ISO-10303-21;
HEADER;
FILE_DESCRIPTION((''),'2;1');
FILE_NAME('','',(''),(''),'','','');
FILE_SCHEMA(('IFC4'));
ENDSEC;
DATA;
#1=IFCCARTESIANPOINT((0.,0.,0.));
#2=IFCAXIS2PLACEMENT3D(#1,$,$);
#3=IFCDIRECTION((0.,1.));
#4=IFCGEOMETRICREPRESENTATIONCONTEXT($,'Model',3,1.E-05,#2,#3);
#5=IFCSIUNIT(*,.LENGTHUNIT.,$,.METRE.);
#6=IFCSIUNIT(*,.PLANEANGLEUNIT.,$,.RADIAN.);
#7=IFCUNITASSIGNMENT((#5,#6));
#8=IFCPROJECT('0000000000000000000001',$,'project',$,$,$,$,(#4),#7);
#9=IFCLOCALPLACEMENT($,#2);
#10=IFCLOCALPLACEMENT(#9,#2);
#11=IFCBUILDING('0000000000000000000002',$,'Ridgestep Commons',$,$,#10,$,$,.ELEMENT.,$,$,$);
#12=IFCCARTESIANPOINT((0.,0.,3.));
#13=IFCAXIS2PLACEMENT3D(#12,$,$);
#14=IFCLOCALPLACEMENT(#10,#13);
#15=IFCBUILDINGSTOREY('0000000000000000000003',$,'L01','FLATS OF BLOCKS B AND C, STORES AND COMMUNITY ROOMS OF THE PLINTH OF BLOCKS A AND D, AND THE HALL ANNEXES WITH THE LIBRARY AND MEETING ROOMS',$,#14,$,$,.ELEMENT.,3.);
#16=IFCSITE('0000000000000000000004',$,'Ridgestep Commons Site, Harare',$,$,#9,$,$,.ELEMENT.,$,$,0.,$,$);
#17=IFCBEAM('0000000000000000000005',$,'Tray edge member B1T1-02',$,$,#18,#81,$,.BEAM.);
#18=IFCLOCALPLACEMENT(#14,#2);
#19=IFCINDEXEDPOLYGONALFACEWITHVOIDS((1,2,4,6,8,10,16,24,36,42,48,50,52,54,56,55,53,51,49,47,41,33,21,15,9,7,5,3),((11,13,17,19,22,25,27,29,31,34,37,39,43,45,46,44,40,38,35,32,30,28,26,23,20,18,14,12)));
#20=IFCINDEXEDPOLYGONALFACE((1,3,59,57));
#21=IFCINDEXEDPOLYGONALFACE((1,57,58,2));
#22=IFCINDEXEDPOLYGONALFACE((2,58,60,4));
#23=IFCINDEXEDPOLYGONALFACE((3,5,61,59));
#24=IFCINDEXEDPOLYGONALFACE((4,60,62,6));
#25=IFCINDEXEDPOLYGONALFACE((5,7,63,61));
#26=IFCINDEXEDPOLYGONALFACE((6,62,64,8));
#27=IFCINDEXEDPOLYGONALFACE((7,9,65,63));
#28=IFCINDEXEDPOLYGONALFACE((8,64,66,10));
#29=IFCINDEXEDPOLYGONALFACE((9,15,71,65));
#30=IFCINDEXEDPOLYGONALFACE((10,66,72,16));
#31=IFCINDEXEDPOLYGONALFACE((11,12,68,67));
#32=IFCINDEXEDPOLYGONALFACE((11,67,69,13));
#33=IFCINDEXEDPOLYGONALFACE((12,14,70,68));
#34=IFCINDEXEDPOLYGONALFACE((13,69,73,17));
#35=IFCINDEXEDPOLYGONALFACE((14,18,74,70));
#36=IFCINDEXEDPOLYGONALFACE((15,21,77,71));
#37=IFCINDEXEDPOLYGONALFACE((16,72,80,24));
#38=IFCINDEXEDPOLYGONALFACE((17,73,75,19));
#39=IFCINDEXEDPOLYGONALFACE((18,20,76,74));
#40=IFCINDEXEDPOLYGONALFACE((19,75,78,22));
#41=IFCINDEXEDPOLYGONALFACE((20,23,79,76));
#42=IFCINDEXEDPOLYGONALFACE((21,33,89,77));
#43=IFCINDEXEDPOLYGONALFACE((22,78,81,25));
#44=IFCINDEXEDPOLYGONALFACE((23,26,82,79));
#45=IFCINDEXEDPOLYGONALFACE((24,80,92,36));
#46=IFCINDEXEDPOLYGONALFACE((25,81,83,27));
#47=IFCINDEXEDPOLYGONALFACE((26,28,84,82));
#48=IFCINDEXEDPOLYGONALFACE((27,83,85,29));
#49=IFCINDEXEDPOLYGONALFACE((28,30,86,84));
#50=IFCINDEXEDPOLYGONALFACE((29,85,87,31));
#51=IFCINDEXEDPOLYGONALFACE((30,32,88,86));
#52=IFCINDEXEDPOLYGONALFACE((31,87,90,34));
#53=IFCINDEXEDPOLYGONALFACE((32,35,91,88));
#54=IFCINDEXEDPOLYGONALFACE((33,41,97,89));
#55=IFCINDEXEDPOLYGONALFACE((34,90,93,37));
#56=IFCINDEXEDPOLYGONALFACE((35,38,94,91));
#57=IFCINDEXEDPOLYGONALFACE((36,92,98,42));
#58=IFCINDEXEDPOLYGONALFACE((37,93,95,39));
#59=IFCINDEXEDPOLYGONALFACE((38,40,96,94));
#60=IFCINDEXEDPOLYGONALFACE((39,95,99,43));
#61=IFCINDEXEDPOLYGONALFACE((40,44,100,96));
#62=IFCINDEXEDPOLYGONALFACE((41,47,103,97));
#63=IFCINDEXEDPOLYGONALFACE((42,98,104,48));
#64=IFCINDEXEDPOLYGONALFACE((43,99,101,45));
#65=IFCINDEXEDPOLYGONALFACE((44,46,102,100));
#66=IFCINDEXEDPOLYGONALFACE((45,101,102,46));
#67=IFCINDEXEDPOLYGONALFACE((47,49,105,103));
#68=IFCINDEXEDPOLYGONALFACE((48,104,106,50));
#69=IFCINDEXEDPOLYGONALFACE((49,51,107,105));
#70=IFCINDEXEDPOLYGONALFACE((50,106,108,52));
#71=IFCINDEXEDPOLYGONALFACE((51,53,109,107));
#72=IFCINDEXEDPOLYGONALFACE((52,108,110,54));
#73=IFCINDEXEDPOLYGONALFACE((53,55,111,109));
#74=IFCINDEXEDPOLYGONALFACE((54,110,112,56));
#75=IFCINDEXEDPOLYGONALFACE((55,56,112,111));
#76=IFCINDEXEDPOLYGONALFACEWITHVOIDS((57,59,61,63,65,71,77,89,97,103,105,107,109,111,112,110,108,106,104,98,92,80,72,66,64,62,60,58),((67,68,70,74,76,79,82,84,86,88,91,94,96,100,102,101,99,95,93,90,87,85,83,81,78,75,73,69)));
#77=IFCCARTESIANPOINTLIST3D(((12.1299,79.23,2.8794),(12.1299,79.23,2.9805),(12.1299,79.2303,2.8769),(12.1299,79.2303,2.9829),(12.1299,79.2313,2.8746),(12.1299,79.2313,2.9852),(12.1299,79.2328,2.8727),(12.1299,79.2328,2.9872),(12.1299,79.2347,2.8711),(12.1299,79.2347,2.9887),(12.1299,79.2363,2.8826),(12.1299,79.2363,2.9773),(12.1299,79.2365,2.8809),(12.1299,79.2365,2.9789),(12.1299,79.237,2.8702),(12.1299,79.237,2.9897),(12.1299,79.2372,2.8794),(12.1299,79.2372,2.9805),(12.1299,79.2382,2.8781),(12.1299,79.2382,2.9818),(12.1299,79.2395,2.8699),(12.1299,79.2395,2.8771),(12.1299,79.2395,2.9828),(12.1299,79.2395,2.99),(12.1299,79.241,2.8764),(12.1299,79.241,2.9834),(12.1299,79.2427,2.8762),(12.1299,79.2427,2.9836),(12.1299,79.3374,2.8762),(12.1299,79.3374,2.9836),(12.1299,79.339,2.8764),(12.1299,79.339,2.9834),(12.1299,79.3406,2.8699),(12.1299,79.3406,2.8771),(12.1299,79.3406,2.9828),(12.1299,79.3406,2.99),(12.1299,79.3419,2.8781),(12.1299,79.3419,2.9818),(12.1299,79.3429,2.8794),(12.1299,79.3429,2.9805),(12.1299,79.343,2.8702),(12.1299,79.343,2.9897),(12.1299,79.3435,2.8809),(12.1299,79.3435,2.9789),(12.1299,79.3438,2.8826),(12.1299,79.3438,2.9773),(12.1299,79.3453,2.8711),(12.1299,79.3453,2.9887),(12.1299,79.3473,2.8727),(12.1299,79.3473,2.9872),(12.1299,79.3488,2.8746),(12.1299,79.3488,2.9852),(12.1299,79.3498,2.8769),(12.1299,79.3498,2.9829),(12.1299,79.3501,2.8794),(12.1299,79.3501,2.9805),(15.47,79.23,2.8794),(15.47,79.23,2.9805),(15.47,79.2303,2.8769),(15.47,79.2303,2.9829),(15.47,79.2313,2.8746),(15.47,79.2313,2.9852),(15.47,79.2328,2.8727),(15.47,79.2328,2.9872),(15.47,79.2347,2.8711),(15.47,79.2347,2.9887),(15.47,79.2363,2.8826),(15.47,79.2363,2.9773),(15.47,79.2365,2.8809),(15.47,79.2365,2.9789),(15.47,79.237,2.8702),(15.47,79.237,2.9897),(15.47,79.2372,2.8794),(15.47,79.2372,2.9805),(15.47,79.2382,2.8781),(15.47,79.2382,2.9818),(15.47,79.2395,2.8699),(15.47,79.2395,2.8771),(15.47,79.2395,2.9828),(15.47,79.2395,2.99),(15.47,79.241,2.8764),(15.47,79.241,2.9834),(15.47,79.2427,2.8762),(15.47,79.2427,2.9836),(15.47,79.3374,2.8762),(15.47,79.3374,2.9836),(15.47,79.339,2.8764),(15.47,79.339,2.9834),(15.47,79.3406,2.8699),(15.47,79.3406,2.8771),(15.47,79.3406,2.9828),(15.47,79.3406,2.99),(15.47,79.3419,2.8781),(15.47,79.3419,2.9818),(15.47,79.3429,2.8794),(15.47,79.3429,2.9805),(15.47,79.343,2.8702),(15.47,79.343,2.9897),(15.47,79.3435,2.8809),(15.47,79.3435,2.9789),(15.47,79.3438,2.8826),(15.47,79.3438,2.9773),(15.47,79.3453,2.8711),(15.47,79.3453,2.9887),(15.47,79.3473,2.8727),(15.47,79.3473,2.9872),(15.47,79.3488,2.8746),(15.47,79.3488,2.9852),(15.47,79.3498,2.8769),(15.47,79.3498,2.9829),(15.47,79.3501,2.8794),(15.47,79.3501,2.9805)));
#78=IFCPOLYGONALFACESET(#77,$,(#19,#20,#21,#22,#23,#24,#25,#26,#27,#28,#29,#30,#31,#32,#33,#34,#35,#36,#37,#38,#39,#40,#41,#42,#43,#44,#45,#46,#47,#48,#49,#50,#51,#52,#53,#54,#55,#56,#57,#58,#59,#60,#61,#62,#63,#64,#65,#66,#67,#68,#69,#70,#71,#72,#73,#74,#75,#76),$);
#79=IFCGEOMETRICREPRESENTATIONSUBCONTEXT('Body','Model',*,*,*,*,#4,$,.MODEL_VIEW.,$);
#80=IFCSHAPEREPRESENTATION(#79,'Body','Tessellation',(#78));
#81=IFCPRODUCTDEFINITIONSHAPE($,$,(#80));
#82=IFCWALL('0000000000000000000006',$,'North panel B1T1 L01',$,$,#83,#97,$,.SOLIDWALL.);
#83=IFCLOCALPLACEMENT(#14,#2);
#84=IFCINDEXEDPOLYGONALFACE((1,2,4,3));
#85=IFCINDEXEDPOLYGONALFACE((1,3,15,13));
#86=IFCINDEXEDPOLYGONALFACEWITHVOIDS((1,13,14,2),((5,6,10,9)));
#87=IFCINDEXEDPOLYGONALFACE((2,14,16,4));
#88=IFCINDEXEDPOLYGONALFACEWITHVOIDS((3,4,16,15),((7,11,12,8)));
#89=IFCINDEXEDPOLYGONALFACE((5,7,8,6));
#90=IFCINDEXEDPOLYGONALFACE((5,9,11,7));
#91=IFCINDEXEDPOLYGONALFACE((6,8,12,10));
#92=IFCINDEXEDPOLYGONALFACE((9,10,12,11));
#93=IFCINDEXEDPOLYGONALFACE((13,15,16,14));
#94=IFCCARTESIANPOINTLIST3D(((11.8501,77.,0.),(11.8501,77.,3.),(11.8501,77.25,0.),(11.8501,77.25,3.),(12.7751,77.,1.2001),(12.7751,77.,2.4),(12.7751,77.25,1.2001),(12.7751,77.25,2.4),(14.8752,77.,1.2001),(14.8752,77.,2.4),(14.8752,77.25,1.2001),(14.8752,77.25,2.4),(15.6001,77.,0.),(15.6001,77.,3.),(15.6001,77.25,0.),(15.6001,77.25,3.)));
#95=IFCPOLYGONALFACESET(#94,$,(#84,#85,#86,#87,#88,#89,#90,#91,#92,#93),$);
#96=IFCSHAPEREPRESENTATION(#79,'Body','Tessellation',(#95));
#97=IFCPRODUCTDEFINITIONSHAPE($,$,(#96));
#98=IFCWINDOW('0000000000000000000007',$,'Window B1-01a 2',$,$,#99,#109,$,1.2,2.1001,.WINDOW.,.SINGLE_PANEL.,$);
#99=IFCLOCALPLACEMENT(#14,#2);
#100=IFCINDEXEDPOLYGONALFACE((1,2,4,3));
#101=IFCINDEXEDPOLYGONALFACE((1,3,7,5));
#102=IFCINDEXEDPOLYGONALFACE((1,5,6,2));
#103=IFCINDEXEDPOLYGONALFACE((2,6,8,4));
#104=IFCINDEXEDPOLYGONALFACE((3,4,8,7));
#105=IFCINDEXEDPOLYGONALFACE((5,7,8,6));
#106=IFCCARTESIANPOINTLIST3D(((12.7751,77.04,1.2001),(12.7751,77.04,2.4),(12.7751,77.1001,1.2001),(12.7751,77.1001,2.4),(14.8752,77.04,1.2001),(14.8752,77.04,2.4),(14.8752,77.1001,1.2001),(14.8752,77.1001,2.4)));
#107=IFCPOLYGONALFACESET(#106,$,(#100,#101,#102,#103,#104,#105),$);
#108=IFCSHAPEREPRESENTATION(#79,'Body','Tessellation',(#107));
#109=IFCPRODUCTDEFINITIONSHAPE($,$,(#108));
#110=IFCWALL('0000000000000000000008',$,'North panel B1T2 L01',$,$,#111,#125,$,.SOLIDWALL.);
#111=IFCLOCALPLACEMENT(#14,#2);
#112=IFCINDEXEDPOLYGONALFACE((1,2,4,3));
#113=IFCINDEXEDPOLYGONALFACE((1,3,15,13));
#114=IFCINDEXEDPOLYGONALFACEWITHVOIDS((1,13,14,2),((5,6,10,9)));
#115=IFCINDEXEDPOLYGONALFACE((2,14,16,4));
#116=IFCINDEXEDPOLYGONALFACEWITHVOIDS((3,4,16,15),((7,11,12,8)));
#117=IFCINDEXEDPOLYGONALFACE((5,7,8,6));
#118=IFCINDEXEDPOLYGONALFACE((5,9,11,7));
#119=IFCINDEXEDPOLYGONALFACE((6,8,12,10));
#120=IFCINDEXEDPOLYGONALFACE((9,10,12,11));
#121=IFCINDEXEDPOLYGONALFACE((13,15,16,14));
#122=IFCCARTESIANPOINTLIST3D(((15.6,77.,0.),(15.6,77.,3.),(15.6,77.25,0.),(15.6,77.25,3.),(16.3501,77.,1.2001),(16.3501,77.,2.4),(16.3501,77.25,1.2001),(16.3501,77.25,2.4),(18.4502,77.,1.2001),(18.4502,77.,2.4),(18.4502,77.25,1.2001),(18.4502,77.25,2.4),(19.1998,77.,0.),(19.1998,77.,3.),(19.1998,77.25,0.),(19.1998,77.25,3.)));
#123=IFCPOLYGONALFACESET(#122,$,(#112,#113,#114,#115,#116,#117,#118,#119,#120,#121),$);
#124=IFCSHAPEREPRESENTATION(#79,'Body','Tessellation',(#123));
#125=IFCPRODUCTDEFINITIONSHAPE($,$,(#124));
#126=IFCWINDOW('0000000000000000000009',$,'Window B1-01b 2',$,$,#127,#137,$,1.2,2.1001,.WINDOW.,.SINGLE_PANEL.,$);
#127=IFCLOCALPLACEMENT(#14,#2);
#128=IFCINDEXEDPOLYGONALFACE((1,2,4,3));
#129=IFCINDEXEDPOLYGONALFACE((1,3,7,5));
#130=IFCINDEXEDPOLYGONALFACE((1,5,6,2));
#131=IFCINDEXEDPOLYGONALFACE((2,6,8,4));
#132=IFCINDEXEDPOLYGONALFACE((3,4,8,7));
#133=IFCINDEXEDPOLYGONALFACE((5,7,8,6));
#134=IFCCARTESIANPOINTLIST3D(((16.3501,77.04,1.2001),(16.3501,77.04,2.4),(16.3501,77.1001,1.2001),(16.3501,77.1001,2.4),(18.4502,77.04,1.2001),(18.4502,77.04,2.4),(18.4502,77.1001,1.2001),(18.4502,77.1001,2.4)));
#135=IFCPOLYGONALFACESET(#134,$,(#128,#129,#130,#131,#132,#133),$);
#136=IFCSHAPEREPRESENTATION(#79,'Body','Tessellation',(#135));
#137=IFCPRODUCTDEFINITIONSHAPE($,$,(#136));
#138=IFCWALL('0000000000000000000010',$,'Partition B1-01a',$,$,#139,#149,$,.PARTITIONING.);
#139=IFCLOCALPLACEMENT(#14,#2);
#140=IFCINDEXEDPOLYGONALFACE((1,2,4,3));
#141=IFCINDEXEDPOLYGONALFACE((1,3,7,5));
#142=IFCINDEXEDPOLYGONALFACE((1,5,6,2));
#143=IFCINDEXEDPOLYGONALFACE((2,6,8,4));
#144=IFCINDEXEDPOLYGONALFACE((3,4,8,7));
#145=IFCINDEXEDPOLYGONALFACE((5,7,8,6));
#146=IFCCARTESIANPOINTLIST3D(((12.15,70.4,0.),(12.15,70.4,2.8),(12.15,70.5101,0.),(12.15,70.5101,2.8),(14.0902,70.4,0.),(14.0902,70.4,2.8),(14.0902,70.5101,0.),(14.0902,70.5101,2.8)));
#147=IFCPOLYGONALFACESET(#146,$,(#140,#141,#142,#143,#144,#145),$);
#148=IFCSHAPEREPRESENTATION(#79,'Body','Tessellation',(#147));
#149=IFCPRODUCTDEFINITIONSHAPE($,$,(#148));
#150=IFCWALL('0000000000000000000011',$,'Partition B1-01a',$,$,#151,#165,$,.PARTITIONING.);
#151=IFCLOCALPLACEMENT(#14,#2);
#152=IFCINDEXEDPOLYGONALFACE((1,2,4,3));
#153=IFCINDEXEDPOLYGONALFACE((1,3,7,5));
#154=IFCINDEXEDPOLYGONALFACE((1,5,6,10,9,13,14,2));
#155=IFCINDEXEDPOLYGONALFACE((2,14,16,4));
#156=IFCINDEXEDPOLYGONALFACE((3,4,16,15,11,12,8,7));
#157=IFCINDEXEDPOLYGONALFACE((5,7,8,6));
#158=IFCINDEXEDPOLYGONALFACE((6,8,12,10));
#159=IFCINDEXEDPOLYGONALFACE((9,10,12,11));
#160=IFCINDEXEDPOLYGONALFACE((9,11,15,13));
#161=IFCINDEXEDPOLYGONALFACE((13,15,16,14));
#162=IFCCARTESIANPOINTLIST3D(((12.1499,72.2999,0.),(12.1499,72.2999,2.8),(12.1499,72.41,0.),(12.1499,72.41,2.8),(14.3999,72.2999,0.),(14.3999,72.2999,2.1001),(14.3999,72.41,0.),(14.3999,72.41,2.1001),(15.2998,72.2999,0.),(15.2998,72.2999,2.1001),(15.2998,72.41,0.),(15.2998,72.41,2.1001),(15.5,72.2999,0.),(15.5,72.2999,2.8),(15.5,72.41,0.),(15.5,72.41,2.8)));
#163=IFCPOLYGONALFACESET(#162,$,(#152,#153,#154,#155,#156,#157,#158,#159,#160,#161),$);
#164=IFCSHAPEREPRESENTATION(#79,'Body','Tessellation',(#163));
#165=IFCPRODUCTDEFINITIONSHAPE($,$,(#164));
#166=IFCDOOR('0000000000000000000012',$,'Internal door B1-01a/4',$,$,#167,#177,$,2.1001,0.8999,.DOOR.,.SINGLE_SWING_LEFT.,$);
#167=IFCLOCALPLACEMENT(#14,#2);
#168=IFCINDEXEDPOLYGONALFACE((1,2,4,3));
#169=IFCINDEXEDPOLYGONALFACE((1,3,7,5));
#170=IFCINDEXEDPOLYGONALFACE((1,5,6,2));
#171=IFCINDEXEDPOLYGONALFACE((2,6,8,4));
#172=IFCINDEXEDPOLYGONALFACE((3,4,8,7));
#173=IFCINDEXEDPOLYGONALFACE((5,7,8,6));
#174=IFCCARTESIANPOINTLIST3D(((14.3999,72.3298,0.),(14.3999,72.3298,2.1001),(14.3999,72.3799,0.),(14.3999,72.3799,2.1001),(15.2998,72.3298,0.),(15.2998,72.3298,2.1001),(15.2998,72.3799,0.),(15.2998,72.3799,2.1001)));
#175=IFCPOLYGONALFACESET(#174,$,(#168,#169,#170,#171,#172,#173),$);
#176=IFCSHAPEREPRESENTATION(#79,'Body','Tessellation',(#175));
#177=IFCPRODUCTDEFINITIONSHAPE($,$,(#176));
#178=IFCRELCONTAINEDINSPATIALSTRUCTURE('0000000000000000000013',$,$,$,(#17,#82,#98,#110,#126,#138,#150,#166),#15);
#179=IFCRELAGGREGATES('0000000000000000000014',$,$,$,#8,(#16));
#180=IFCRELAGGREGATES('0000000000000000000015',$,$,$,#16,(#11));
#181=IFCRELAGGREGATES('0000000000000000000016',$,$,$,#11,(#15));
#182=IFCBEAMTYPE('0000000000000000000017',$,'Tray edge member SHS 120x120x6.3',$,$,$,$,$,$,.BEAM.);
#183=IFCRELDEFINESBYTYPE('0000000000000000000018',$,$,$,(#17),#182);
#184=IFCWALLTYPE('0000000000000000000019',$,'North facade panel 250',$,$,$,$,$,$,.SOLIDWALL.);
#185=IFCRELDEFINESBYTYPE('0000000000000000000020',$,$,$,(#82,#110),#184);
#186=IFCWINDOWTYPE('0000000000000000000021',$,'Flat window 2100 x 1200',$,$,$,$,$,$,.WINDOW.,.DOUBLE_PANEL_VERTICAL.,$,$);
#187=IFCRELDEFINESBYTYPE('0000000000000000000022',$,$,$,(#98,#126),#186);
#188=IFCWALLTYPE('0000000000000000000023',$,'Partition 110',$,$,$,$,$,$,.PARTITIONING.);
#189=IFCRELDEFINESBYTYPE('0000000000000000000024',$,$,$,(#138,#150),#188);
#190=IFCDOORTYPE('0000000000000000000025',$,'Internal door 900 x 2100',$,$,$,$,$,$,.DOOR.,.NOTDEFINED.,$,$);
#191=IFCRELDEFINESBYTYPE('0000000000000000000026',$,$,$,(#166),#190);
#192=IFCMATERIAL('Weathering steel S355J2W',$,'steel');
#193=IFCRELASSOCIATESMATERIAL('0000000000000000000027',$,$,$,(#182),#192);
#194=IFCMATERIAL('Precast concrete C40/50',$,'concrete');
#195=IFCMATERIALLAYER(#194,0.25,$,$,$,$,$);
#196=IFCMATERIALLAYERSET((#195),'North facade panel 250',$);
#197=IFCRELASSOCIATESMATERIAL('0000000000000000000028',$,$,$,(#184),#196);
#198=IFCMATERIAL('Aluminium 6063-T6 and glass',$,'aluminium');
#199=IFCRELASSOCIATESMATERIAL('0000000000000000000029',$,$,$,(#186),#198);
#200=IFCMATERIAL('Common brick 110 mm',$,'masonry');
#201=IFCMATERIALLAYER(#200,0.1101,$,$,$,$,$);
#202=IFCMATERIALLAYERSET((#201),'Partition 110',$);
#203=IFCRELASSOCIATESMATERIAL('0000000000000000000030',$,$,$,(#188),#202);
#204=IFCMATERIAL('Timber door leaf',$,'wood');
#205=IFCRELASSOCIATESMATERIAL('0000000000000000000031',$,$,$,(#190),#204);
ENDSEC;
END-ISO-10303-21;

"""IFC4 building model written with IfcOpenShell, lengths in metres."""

from ifc_helpers import new_model, si_unit, direction, frame, frame_2d, origin, origin_2d, place, context, subcontext, project, spatial, rectangle, hollow_rectangle, extrude, material, layer, layer_set, material_profile, profile_set, type_object, element, fill, save


model = new_model("IFC4")

# Units and contexts
model_context = context("Model", 3, precision=1e-05, world=origin(), true_north=direction((0.0, 1.0)))
body_context = subcontext(model_context, "Body", "Model", "MODEL_VIEW")
ifc_project = project(units=[si_unit("LENGTHUNIT", "METRE"), si_unit("PLANEANGLEUNIT", "RADIAN")], contexts=[model_context])

# Site, building, storey
site_placement = place(None, origin())
site = spatial("IfcSite", under=ifc_project, at=site_placement, Name="Ridgestep Commons Site, Harare", CompositionType="ELEMENT", RefElevation=0.0)
building_placement = place(site_placement, origin())
building = spatial("IfcBuilding", under=site, at=building_placement, Name="Ridgestep Commons", CompositionType="ELEMENT")
storey_placement = place(building_placement, frame((0.0, 0.0, 3.0)))
storey = spatial("IfcBuildingStorey", under=building, at=storey_placement, Name="L01", Description="FLATS OF BLOCKS B AND C, STORES AND COMMUNITY ROOMS OF THE PLINTH OF BLOCKS A AND D, AND THE HALL ANNEXES WITH THE LIBRARY AND MEETING ROOMS", CompositionType="ELEMENT", Elevation=3.0)

# Beam
ifc_material_1 = material(Name="Weathering steel S355J2W", Category="steel")
ifc_material_profile_1 = material_profile(ifc_material_1, hollow_rectangle(XDim=0.1201, YDim=0.1201, WallThickness=0.0063, InnerFilletRadius=0.0063, OuterFilletRadius=0.0095, at=origin_2d()), Name="SHS 120x120x6.3")
ifc_profile_set_1 = profile_set([ifc_material_profile_1], Name="Weathering steel S355J2W")
beam_type_1 = type_object("IfcBeamType", Name="Tray edge member SHS 120x120x6.3", PredefinedType="BEAM", material=ifc_profile_set_1)
beam_placement = place(storey_placement, frame((12.1299, 79.29, 2.9299), z_axis=(1.0, 0.0, 0.0), x_axis=(0.0, 0.0, 1.0)))
element("IfcBeam", 1, at=beam_placement, inside=storey, type_object=beam_type_1, Name="Tray edge member B1T1-02", PredefinedType="BEAM", context=body_context, shape_type="SweptSolid", body=[
    extrude(hollow_rectangle(XDim=0.1201, YDim=0.1201, WallThickness=0.0063, InnerFilletRadius=0.0063, OuterFilletRadius=0.0095, at=origin_2d()), origin(), (0.0, 0.0, 1.0), 3.3401),
])

# Walls, openings, windows
ifc_material_2 = material(Name="Precast concrete C40/50", Category="concrete")
ifc_layer_1 = layer(ifc_material_2, 0.25)
ifc_layer_set_1 = layer_set([ifc_layer_1], Name="North facade panel 250")
wall_type_1 = type_object("IfcWallType", Name="North facade panel 250", PredefinedType="SOLIDWALL", material=ifc_layer_set_1)
wall_1_placement = place(storey_placement, frame((11.8501, 77.125, 0.0), z_axis=(0.0, 0.0, 1.0), x_axis=(1.0, 0.0, 0.0)))
wall_1 = element("IfcWall", 2, at=wall_1_placement, inside=storey, type_object=wall_type_1, Name="North panel B1T1 L01", PredefinedType="SOLIDWALL", context=body_context, shape_type="SweptSolid", body=[
    extrude(rectangle(XDim=3.75, YDim=0.25, at=frame_2d((1.875, 0.0))), origin(), (0.0, 0.0, 1.0), 3.0),
])
opening_1_placement = place(wall_1_placement, frame((0.925, 0.0, 1.2)))
opening_1 = element("IfcOpeningElement", 3, at=opening_1_placement, cuts=wall_1, PredefinedType="OPENING", context=body_context, shape_type="SweptSolid", body=[
    extrude(rectangle(XDim=2.1001, YDim=1.2, at=frame_2d((1.05, 0.6001))), frame((0.0, 0.135, 0.0), z_axis=(0.0, -1.0, 0.0), x_axis=(1.0, 0.0, 0.0)), (0.0, 0.0, 1.0), 0.27),
])
ifc_material_3 = material(Name="Aluminium 6063-T6 and glass", Category="aluminium")
window_type = type_object("IfcWindowType", Name="Flat window 2100 x 1200", PartitioningType="DOUBLE_PANEL_VERTICAL", PredefinedType="WINDOW", material=ifc_material_3)
window_1_placement = place(opening_1_placement, origin())
window_1 = element("IfcWindow", 4, at=window_1_placement, inside=storey, type_object=window_type, Name="Window B1-01a 2", OverallHeight=1.2, OverallWidth=2.1001, PartitioningType="SINGLE_PANEL", PredefinedType="WINDOW", context=body_context, shape_type="SweptSolid", body=[
    extrude(rectangle(XDim=2.1001, YDim=1.2, at=frame_2d((1.05, 0.6001))), frame((0.0, -0.0249, 0.0), z_axis=(0.0, -1.0, 0.0), x_axis=(1.0, 0.0, 0.0)), (0.0, 0.0, 1.0), 0.0601),
])
fill(opening_1, window_1)
wall_2_placement = place(storey_placement, frame((15.6001, 77.125, 0.0), z_axis=(0.0, 0.0, 1.0), x_axis=(1.0, 0.0, 0.0)))
wall_2 = element("IfcWall", 5, at=wall_2_placement, inside=storey, type_object=wall_type_1, Name="North panel B1T2 L01", PredefinedType="SOLIDWALL", context=body_context, shape_type="SweptSolid", body=[
    extrude(rectangle(XDim=3.5999, YDim=0.25, at=frame_2d((1.7998, 0.0))), origin(), (0.0, 0.0, 1.0), 3.0),
])
opening_2_placement = place(wall_2_placement, frame((0.75, 0.0, 1.2)))
opening_2 = element("IfcOpeningElement", 6, at=opening_2_placement, cuts=wall_2, PredefinedType="OPENING", context=body_context, shape_type="SweptSolid", body=[
    extrude(rectangle(XDim=2.1001, YDim=1.2, at=frame_2d((1.05, 0.6001))), frame((0.0, 0.135, 0.0), z_axis=(0.0, -1.0, 0.0), x_axis=(1.0, 0.0, 0.0)), (0.0, 0.0, 1.0), 0.27),
])
window_2_placement = place(opening_2_placement, origin())
window_2 = element("IfcWindow", 7, at=window_2_placement, inside=storey, type_object=window_type, Name="Window B1-01b 2", OverallHeight=1.2, OverallWidth=2.1001, PartitioningType="SINGLE_PANEL", PredefinedType="WINDOW", context=body_context, shape_type="SweptSolid", body=[
    extrude(rectangle(XDim=2.1001, YDim=1.2, at=frame_2d((1.05, 0.6001))), frame((0.0, -0.0249, 0.0), z_axis=(0.0, -1.0, 0.0), x_axis=(1.0, 0.0, 0.0)), (0.0, 0.0, 1.0), 0.0601),
])
fill(opening_2, window_2)

# Wall
ifc_material_4 = material(Name="Common brick 110 mm", Category="masonry")
ifc_layer_2 = layer(ifc_material_4, 0.1101)
ifc_layer_set_2 = layer_set([ifc_layer_2], Name="Partition 110")
wall_type_2 = type_object("IfcWallType", Name="Partition 110", PredefinedType="PARTITIONING", material=ifc_layer_set_2)
wall_3_placement = place(storey_placement, frame((12.1499, 70.4551, 0.0), z_axis=(0.0, 0.0, 1.0), x_axis=(1.0, 0.0, 0.0)))
element("IfcWall", 8, at=wall_3_placement, inside=storey, type_object=wall_type_2, Name="Partition B1-01a", PredefinedType="PARTITIONING", context=body_context, shape_type="SweptSolid", body=[
    extrude(rectangle(XDim=1.9402, YDim=0.1101, at=frame_2d((0.9702, 0.0))), origin(), (0.0, 0.0, 1.0), 2.8),
])

# Wall, opening, door
wall_4_placement = place(storey_placement, frame((12.1499, 72.355, 0.0), z_axis=(0.0, 0.0, 1.0), x_axis=(1.0, 0.0, 0.0)))
wall_4 = element("IfcWall", 9, at=wall_4_placement, inside=storey, type_object=wall_type_2, Name="Partition B1-01a", PredefinedType="PARTITIONING", context=body_context, shape_type="SweptSolid", body=[
    extrude(rectangle(XDim=3.3501, YDim=0.1101, at=frame_2d((1.675, 0.0))), origin(), (0.0, 0.0, 1.0), 2.8),
])
opening_3_placement = place(wall_4_placement, frame((2.25, 0.0, 0.0)))
opening_3 = element("IfcOpeningElement", 10, at=opening_3_placement, cuts=wall_4, PredefinedType="OPENING", context=body_context, shape_type="SweptSolid", body=[
    extrude(rectangle(XDim=0.8999, YDim=2.1001, at=frame_2d((0.45, 1.05))), frame((0.0, 0.0649, 0.0), z_axis=(0.0, -1.0, 0.0), x_axis=(1.0, 0.0, 0.0)), (0.0, 0.0, 1.0), 0.1301),
])
ifc_material_5 = material(Name="Timber door leaf", Category="wood")
door_type = type_object("IfcDoorType", Name="Internal door 900 x 2100", OperationType="NOTDEFINED", PredefinedType="DOOR", material=ifc_material_5)
door_1_placement = place(opening_3_placement, origin())
door_1 = element("IfcDoor", 11, at=door_1_placement, inside=storey, type_object=door_type, Name="Internal door B1-01a/4", OperationType="SINGLE_SWING_LEFT", OverallHeight=2.1001, OverallWidth=0.8999, PredefinedType="DOOR", context=body_context, shape_type="SweptSolid", body=[
    extrude(rectangle(XDim=0.8999, YDim=2.1001, at=frame_2d((0.45, 1.05))), frame((0.0, 0.0249, 0.0), z_axis=(0.0, -1.0, 0.0), x_axis=(1.0, 0.0, 0.0)), (0.0, 0.0, 1.0), 0.05),
])
fill(opening_3, door_1)

save(model, "model.ifc")
